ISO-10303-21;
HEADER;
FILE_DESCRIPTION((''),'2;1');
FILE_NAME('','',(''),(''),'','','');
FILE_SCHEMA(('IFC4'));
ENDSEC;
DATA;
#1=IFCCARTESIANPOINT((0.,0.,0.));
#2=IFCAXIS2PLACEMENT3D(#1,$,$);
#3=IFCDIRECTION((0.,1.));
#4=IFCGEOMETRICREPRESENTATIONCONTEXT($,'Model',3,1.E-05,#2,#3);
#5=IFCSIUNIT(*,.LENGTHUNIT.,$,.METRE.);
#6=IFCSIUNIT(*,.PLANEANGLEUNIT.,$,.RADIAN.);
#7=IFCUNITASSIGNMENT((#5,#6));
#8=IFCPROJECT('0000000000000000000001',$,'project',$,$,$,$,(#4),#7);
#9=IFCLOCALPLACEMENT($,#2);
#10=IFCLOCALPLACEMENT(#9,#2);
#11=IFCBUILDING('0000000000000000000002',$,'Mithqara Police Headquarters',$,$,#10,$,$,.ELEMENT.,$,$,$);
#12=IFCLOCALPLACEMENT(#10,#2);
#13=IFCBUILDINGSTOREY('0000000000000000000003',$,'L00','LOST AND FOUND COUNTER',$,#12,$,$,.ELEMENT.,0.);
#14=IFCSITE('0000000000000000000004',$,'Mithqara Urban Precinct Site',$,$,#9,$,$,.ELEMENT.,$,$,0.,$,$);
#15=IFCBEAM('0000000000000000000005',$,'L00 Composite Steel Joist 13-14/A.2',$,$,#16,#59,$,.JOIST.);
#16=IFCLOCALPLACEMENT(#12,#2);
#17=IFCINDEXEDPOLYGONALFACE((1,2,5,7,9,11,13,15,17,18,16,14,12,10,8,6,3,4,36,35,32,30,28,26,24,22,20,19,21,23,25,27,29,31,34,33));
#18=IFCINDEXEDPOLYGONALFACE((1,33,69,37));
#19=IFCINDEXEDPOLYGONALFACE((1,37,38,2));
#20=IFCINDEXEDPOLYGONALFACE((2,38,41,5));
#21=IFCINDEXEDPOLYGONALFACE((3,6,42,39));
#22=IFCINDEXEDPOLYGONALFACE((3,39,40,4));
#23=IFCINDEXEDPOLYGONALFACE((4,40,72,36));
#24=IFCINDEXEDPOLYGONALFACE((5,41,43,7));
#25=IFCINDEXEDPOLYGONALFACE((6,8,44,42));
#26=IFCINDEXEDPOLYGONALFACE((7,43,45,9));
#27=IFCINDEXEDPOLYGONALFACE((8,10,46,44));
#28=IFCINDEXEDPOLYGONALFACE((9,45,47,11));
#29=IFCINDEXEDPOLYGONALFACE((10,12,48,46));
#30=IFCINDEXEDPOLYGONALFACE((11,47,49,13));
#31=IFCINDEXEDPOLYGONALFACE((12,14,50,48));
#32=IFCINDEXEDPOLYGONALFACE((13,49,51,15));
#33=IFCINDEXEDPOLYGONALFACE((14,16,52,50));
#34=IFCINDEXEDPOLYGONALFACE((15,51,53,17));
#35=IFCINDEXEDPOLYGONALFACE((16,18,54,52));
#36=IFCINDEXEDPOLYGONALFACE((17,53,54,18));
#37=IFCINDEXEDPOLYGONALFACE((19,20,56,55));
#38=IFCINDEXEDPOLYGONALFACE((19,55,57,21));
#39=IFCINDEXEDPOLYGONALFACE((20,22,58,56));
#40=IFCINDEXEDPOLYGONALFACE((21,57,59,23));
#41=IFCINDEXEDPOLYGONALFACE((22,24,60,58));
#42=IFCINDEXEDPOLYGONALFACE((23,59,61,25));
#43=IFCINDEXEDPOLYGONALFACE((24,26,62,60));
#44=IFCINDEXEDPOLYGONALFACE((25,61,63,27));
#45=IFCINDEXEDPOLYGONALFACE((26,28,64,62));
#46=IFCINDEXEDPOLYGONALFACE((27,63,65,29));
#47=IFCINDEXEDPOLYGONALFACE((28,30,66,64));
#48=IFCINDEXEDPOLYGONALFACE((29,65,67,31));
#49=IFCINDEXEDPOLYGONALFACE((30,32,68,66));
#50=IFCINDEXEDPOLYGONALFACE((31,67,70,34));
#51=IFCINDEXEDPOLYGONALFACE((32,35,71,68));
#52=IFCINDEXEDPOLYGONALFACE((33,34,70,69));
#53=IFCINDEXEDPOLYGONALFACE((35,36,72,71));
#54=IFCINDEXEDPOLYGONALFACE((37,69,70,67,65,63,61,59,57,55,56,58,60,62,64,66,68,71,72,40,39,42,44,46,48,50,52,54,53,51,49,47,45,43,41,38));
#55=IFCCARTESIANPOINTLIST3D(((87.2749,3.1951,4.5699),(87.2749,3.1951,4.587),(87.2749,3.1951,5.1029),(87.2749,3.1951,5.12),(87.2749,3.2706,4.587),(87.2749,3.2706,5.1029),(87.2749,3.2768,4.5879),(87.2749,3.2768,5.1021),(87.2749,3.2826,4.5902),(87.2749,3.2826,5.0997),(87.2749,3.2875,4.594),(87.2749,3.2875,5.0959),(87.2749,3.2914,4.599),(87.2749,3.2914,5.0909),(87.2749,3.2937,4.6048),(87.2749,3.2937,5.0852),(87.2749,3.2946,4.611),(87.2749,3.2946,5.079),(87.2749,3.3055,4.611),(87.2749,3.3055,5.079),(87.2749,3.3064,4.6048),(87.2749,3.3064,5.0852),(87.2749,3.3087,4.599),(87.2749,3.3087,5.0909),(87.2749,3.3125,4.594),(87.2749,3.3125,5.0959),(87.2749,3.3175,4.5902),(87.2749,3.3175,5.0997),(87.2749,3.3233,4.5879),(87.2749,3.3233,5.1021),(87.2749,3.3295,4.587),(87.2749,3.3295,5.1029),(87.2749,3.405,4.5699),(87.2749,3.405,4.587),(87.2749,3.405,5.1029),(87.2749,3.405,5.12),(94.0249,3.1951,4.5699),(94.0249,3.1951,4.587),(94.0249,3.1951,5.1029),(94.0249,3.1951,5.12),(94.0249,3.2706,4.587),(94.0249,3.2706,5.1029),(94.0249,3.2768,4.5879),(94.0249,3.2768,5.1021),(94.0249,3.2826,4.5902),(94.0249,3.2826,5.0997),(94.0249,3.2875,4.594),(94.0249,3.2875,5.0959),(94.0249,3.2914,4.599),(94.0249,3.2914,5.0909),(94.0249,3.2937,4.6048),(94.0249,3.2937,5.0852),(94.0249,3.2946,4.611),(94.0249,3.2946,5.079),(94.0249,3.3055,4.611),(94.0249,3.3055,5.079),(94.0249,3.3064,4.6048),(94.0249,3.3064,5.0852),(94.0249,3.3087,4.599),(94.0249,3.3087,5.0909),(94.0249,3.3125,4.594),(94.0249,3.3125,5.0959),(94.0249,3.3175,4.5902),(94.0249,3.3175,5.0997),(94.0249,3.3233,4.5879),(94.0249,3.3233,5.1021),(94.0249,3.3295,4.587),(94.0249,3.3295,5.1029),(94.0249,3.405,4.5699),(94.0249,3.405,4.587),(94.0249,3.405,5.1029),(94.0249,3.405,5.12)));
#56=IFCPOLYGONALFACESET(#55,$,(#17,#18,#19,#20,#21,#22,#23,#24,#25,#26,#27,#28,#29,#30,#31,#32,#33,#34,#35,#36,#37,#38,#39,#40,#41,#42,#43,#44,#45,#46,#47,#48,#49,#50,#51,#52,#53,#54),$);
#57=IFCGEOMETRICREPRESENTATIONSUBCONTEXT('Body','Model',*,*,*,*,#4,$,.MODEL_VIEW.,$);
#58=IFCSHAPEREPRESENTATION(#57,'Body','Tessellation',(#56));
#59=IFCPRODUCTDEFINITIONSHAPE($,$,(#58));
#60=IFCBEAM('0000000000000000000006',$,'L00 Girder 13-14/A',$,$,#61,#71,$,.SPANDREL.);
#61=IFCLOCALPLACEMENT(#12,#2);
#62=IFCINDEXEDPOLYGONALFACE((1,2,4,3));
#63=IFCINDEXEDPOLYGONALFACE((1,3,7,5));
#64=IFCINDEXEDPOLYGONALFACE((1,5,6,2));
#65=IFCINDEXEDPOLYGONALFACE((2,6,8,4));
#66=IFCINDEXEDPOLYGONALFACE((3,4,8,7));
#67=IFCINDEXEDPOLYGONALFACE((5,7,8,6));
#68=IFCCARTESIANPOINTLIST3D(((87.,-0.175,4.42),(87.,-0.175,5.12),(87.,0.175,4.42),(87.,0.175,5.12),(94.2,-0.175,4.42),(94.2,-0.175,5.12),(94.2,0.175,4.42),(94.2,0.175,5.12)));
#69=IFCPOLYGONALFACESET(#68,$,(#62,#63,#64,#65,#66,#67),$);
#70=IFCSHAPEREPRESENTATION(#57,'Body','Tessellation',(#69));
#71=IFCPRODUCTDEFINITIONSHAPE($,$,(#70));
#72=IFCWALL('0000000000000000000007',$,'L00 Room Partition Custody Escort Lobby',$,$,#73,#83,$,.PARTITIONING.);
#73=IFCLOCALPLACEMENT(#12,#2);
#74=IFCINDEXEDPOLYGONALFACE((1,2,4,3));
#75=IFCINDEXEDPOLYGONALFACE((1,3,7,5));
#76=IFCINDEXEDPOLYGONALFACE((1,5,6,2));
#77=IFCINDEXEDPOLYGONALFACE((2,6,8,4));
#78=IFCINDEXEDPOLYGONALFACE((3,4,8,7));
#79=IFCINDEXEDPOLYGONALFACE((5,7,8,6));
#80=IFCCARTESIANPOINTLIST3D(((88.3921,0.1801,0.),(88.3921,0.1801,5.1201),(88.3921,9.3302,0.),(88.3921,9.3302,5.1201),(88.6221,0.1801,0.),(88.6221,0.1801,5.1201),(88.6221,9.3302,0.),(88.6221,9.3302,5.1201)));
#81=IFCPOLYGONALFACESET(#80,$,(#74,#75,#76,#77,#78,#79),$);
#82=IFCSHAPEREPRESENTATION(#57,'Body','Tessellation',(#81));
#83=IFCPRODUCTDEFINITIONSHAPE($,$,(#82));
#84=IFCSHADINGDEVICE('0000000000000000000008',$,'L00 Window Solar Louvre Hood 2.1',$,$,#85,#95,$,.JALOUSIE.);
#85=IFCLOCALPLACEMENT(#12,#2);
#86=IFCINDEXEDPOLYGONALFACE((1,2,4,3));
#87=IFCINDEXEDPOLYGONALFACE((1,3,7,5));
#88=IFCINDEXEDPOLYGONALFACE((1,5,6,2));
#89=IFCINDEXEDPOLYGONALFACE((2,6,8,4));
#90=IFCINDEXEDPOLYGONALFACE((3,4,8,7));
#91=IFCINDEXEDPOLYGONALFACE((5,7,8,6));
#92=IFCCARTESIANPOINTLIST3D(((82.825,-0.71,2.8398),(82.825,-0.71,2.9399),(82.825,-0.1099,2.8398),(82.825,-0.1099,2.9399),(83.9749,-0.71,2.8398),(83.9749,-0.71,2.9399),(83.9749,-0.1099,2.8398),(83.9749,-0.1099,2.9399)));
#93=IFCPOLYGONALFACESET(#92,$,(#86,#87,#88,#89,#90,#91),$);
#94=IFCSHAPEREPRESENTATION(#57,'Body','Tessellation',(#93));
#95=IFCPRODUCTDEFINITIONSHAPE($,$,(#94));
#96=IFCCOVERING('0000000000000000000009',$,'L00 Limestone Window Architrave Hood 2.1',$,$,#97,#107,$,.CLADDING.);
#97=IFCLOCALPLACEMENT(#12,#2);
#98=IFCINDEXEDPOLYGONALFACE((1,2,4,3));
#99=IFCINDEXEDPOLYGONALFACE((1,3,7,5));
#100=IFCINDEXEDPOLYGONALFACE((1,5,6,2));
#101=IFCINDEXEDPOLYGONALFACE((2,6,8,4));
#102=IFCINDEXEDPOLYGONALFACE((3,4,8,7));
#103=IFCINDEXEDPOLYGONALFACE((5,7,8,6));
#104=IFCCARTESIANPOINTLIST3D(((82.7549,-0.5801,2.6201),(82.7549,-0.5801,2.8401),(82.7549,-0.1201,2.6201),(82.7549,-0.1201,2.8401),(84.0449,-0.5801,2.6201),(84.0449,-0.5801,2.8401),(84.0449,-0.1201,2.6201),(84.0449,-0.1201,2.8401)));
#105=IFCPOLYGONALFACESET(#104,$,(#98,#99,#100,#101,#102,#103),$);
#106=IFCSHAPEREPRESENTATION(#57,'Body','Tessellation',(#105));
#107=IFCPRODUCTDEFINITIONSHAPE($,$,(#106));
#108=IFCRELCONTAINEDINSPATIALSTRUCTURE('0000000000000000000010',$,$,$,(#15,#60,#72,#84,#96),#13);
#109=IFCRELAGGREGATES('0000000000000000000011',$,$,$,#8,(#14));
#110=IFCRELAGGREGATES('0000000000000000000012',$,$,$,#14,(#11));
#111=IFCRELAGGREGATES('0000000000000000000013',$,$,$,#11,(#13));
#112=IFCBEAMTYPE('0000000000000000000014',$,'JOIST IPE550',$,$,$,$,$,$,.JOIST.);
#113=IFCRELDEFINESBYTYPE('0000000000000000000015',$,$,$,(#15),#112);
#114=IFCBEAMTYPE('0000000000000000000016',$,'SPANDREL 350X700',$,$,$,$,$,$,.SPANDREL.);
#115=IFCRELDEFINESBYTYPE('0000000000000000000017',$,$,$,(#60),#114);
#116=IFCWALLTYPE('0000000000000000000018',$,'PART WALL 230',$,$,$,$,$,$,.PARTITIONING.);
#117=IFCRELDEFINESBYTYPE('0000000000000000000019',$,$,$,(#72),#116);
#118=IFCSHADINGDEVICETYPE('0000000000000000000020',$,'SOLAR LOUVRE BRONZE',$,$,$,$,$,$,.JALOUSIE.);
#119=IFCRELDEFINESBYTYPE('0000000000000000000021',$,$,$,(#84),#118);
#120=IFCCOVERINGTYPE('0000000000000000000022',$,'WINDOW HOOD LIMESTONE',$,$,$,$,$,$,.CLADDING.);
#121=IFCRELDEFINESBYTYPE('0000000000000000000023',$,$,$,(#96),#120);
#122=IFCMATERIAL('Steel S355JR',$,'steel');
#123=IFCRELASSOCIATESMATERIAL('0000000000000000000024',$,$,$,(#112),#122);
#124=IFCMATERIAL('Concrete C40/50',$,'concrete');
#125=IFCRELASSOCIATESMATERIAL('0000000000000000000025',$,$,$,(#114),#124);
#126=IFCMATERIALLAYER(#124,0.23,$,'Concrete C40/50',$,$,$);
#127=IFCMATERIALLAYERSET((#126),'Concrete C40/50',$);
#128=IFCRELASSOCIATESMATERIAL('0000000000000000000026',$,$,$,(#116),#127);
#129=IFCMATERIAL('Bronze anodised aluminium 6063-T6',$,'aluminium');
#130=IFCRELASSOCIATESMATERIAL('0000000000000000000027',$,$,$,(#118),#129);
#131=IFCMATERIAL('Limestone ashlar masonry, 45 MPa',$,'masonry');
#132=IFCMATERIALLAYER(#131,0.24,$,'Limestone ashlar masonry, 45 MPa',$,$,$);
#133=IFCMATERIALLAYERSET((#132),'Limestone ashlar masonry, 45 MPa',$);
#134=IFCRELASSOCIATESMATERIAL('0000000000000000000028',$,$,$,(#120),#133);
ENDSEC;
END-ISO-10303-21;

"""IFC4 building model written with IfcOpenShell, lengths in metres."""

from ifc_helpers import new_model, si_unit, direction, frame, frame_2d, origin, origin_2d, place, context, subcontext, project, spatial, rectangle, i_section, extrude, material, layer, layer_set, material_profile, profile_set, type_object, element, save


model = new_model("IFC4")

# Units and contexts
model_context = context("Model", 3, precision=1e-05, world=origin(), true_north=direction((0.0, 1.0)))
body_context = subcontext(model_context, "Body", "Model", "MODEL_VIEW")
ifc_project = project(units=[si_unit("LENGTHUNIT", "METRE"), si_unit("PLANEANGLEUNIT", "RADIAN")], contexts=[model_context])

# Site, building, storey
site_placement = place(None, origin())
site = spatial("IfcSite", under=ifc_project, at=site_placement, Name="Mithqara Urban Precinct Site", CompositionType="ELEMENT", RefElevation=0.0)
building_placement = place(site_placement, origin())
building = spatial("IfcBuilding", under=site, at=building_placement, Name="Mithqara Police Headquarters", CompositionType="ELEMENT")
storey_placement = place(building_placement, origin())
storey = spatial("IfcBuildingStorey", under=building, at=storey_placement, Name="L00", Description="LOST AND FOUND COUNTER", CompositionType="ELEMENT", Elevation=0.0)

# Shared definitions
ifc_material_1 = material(Name="Concrete C40/50", Category="concrete")

# Shared definitions
ifc_material_2 = material(Name="Bronze anodised aluminium 6063-T6", Category="aluminium")

# Beams
ifc_material_3 = material(Name="Steel S355JR", Category="steel")
ifc_material_profile_1 = material_profile(ifc_material_3, i_section(OverallWidth=0.21, OverallDepth=0.55, WebThickness=0.011, FlangeThickness=0.0171, FilletRadius=0.0239, at=origin_2d()), Name="IPE 550")
ifc_profile_set_1 = profile_set([ifc_material_profile_1], Name="Steel S355JR")
beam_type_1 = type_object("IfcBeamType", Name="JOIST IPE550", PredefinedType="JOIST", material=ifc_profile_set_1)
beam_1_placement = place(storey_placement, frame((87.2749, 3.3, 4.845), z_axis=(1.0, 0.0, 0.0), x_axis=(0.0, 1.0, 0.0)))
element("IfcBeam", 1, at=beam_1_placement, inside=storey, type_object=beam_type_1, Name="L00 Composite Steel Joist 13-14/A.2", PredefinedType="JOIST", context=body_context, shape_type="SweptSolid", body=[
    extrude(i_section(OverallWidth=0.21, OverallDepth=0.55, WebThickness=0.011, FlangeThickness=0.0171, FilletRadius=0.0239, at=origin_2d()), origin(), (0.0, 0.0, 1.0), 6.75),
])
ifc_material_profile_2 = material_profile(ifc_material_1, rectangle(XDim=0.3501, YDim=0.7, at=origin_2d()), Name="SPB 350x700")
ifc_profile_set_2 = profile_set([ifc_material_profile_2], Name="Concrete C40/50")
beam_type_2 = type_object("IfcBeamType", Name="SPANDREL 350X700", PredefinedType="SPANDREL", material=ifc_profile_set_2)
beam_2_placement = place(storey_placement, frame((87.0, 0.0, 4.77), z_axis=(1.0, 0.0, 0.0), x_axis=(0.0, 1.0, 0.0)))
element("IfcBeam", 2, at=beam_2_placement, inside=storey, type_object=beam_type_2, Name="L00 Girder 13-14/A", PredefinedType="SPANDREL", context=body_context, shape_type="SweptSolid", body=[
    extrude(rectangle(XDim=0.3501, YDim=0.7, at=origin_2d()), origin(), (0.0, 0.0, 1.0), 7.2),
])

# Wall
ifc_layer_1 = layer(ifc_material_1, 0.23, Name="Concrete C40/50")
ifc_layer_set_1 = layer_set([ifc_layer_1], Name="Concrete C40/50")
wall_type = type_object("IfcWallType", Name="PART WALL 230", PredefinedType="PARTITIONING", material=ifc_layer_set_1)
wall_placement = place(storey_placement, frame((88.5071, 0.1799, 0.0), z_axis=(0.0, 0.0, 1.0), x_axis=(0.0, 1.0, 0.0)))
element("IfcWall", 3, at=wall_placement, inside=storey, type_object=wall_type, Name="L00 Room Partition Custody Escort Lobby", PredefinedType="PARTITIONING", context=body_context, shape_type="SweptSolid", body=[
    extrude(rectangle(XDim=9.1501, YDim=0.23, at=frame_2d((4.5752, 0.0))), origin(), (0.0, 0.0, 1.0), 5.1201),
])

# Shading device
shading_device_type = type_object("IfcShadingDeviceType", Name="SOLAR LOUVRE BRONZE", PredefinedType="JALOUSIE", material=ifc_material_2)
shading_device_placement = place(storey_placement, frame((83.3999, -0.4099, 2.8398), z_axis=(0.0, 0.0, 1.0), x_axis=(1.0, 0.0, 0.0)))
element("IfcShadingDevice", 4, at=shading_device_placement, inside=storey, type_object=shading_device_type, Name="L00 Window Solar Louvre Hood 2.1", PredefinedType="JALOUSIE", context=body_context, shape_type="SweptSolid", body=[
    extrude(rectangle(XDim=1.1499, YDim=0.6001, at=origin_2d()), origin(), (0.0, 0.0, 1.0), 0.1001),
])

# Covering
ifc_material_4 = material(Name="Limestone ashlar masonry, 45 MPa", Category="masonry")
ifc_layer_2 = layer(ifc_material_4, 0.24, Name="Limestone ashlar masonry, 45 MPa")
ifc_layer_set_2 = layer_set([ifc_layer_2], Name="Limestone ashlar masonry, 45 MPa")
covering_type = type_object("IfcCoveringType", Name="WINDOW HOOD LIMESTONE", PredefinedType="CLADDING", material=ifc_layer_set_2)
covering_placement = place(storey_placement, frame((83.3999, -0.3501, 2.6201), z_axis=(0.0, 0.0, 1.0), x_axis=(1.0, 0.0, 0.0)))
element("IfcCovering", 5, at=covering_placement, inside=storey, type_object=covering_type, Name="L00 Limestone Window Architrave Hood 2.1", PredefinedType="CLADDING", context=body_context, shape_type="SweptSolid", body=[
    extrude(rectangle(XDim=1.29, YDim=0.46, at=origin_2d()), origin(), (0.0, 0.0, 1.0), 0.22),
])

save(model, "model.ifc")
